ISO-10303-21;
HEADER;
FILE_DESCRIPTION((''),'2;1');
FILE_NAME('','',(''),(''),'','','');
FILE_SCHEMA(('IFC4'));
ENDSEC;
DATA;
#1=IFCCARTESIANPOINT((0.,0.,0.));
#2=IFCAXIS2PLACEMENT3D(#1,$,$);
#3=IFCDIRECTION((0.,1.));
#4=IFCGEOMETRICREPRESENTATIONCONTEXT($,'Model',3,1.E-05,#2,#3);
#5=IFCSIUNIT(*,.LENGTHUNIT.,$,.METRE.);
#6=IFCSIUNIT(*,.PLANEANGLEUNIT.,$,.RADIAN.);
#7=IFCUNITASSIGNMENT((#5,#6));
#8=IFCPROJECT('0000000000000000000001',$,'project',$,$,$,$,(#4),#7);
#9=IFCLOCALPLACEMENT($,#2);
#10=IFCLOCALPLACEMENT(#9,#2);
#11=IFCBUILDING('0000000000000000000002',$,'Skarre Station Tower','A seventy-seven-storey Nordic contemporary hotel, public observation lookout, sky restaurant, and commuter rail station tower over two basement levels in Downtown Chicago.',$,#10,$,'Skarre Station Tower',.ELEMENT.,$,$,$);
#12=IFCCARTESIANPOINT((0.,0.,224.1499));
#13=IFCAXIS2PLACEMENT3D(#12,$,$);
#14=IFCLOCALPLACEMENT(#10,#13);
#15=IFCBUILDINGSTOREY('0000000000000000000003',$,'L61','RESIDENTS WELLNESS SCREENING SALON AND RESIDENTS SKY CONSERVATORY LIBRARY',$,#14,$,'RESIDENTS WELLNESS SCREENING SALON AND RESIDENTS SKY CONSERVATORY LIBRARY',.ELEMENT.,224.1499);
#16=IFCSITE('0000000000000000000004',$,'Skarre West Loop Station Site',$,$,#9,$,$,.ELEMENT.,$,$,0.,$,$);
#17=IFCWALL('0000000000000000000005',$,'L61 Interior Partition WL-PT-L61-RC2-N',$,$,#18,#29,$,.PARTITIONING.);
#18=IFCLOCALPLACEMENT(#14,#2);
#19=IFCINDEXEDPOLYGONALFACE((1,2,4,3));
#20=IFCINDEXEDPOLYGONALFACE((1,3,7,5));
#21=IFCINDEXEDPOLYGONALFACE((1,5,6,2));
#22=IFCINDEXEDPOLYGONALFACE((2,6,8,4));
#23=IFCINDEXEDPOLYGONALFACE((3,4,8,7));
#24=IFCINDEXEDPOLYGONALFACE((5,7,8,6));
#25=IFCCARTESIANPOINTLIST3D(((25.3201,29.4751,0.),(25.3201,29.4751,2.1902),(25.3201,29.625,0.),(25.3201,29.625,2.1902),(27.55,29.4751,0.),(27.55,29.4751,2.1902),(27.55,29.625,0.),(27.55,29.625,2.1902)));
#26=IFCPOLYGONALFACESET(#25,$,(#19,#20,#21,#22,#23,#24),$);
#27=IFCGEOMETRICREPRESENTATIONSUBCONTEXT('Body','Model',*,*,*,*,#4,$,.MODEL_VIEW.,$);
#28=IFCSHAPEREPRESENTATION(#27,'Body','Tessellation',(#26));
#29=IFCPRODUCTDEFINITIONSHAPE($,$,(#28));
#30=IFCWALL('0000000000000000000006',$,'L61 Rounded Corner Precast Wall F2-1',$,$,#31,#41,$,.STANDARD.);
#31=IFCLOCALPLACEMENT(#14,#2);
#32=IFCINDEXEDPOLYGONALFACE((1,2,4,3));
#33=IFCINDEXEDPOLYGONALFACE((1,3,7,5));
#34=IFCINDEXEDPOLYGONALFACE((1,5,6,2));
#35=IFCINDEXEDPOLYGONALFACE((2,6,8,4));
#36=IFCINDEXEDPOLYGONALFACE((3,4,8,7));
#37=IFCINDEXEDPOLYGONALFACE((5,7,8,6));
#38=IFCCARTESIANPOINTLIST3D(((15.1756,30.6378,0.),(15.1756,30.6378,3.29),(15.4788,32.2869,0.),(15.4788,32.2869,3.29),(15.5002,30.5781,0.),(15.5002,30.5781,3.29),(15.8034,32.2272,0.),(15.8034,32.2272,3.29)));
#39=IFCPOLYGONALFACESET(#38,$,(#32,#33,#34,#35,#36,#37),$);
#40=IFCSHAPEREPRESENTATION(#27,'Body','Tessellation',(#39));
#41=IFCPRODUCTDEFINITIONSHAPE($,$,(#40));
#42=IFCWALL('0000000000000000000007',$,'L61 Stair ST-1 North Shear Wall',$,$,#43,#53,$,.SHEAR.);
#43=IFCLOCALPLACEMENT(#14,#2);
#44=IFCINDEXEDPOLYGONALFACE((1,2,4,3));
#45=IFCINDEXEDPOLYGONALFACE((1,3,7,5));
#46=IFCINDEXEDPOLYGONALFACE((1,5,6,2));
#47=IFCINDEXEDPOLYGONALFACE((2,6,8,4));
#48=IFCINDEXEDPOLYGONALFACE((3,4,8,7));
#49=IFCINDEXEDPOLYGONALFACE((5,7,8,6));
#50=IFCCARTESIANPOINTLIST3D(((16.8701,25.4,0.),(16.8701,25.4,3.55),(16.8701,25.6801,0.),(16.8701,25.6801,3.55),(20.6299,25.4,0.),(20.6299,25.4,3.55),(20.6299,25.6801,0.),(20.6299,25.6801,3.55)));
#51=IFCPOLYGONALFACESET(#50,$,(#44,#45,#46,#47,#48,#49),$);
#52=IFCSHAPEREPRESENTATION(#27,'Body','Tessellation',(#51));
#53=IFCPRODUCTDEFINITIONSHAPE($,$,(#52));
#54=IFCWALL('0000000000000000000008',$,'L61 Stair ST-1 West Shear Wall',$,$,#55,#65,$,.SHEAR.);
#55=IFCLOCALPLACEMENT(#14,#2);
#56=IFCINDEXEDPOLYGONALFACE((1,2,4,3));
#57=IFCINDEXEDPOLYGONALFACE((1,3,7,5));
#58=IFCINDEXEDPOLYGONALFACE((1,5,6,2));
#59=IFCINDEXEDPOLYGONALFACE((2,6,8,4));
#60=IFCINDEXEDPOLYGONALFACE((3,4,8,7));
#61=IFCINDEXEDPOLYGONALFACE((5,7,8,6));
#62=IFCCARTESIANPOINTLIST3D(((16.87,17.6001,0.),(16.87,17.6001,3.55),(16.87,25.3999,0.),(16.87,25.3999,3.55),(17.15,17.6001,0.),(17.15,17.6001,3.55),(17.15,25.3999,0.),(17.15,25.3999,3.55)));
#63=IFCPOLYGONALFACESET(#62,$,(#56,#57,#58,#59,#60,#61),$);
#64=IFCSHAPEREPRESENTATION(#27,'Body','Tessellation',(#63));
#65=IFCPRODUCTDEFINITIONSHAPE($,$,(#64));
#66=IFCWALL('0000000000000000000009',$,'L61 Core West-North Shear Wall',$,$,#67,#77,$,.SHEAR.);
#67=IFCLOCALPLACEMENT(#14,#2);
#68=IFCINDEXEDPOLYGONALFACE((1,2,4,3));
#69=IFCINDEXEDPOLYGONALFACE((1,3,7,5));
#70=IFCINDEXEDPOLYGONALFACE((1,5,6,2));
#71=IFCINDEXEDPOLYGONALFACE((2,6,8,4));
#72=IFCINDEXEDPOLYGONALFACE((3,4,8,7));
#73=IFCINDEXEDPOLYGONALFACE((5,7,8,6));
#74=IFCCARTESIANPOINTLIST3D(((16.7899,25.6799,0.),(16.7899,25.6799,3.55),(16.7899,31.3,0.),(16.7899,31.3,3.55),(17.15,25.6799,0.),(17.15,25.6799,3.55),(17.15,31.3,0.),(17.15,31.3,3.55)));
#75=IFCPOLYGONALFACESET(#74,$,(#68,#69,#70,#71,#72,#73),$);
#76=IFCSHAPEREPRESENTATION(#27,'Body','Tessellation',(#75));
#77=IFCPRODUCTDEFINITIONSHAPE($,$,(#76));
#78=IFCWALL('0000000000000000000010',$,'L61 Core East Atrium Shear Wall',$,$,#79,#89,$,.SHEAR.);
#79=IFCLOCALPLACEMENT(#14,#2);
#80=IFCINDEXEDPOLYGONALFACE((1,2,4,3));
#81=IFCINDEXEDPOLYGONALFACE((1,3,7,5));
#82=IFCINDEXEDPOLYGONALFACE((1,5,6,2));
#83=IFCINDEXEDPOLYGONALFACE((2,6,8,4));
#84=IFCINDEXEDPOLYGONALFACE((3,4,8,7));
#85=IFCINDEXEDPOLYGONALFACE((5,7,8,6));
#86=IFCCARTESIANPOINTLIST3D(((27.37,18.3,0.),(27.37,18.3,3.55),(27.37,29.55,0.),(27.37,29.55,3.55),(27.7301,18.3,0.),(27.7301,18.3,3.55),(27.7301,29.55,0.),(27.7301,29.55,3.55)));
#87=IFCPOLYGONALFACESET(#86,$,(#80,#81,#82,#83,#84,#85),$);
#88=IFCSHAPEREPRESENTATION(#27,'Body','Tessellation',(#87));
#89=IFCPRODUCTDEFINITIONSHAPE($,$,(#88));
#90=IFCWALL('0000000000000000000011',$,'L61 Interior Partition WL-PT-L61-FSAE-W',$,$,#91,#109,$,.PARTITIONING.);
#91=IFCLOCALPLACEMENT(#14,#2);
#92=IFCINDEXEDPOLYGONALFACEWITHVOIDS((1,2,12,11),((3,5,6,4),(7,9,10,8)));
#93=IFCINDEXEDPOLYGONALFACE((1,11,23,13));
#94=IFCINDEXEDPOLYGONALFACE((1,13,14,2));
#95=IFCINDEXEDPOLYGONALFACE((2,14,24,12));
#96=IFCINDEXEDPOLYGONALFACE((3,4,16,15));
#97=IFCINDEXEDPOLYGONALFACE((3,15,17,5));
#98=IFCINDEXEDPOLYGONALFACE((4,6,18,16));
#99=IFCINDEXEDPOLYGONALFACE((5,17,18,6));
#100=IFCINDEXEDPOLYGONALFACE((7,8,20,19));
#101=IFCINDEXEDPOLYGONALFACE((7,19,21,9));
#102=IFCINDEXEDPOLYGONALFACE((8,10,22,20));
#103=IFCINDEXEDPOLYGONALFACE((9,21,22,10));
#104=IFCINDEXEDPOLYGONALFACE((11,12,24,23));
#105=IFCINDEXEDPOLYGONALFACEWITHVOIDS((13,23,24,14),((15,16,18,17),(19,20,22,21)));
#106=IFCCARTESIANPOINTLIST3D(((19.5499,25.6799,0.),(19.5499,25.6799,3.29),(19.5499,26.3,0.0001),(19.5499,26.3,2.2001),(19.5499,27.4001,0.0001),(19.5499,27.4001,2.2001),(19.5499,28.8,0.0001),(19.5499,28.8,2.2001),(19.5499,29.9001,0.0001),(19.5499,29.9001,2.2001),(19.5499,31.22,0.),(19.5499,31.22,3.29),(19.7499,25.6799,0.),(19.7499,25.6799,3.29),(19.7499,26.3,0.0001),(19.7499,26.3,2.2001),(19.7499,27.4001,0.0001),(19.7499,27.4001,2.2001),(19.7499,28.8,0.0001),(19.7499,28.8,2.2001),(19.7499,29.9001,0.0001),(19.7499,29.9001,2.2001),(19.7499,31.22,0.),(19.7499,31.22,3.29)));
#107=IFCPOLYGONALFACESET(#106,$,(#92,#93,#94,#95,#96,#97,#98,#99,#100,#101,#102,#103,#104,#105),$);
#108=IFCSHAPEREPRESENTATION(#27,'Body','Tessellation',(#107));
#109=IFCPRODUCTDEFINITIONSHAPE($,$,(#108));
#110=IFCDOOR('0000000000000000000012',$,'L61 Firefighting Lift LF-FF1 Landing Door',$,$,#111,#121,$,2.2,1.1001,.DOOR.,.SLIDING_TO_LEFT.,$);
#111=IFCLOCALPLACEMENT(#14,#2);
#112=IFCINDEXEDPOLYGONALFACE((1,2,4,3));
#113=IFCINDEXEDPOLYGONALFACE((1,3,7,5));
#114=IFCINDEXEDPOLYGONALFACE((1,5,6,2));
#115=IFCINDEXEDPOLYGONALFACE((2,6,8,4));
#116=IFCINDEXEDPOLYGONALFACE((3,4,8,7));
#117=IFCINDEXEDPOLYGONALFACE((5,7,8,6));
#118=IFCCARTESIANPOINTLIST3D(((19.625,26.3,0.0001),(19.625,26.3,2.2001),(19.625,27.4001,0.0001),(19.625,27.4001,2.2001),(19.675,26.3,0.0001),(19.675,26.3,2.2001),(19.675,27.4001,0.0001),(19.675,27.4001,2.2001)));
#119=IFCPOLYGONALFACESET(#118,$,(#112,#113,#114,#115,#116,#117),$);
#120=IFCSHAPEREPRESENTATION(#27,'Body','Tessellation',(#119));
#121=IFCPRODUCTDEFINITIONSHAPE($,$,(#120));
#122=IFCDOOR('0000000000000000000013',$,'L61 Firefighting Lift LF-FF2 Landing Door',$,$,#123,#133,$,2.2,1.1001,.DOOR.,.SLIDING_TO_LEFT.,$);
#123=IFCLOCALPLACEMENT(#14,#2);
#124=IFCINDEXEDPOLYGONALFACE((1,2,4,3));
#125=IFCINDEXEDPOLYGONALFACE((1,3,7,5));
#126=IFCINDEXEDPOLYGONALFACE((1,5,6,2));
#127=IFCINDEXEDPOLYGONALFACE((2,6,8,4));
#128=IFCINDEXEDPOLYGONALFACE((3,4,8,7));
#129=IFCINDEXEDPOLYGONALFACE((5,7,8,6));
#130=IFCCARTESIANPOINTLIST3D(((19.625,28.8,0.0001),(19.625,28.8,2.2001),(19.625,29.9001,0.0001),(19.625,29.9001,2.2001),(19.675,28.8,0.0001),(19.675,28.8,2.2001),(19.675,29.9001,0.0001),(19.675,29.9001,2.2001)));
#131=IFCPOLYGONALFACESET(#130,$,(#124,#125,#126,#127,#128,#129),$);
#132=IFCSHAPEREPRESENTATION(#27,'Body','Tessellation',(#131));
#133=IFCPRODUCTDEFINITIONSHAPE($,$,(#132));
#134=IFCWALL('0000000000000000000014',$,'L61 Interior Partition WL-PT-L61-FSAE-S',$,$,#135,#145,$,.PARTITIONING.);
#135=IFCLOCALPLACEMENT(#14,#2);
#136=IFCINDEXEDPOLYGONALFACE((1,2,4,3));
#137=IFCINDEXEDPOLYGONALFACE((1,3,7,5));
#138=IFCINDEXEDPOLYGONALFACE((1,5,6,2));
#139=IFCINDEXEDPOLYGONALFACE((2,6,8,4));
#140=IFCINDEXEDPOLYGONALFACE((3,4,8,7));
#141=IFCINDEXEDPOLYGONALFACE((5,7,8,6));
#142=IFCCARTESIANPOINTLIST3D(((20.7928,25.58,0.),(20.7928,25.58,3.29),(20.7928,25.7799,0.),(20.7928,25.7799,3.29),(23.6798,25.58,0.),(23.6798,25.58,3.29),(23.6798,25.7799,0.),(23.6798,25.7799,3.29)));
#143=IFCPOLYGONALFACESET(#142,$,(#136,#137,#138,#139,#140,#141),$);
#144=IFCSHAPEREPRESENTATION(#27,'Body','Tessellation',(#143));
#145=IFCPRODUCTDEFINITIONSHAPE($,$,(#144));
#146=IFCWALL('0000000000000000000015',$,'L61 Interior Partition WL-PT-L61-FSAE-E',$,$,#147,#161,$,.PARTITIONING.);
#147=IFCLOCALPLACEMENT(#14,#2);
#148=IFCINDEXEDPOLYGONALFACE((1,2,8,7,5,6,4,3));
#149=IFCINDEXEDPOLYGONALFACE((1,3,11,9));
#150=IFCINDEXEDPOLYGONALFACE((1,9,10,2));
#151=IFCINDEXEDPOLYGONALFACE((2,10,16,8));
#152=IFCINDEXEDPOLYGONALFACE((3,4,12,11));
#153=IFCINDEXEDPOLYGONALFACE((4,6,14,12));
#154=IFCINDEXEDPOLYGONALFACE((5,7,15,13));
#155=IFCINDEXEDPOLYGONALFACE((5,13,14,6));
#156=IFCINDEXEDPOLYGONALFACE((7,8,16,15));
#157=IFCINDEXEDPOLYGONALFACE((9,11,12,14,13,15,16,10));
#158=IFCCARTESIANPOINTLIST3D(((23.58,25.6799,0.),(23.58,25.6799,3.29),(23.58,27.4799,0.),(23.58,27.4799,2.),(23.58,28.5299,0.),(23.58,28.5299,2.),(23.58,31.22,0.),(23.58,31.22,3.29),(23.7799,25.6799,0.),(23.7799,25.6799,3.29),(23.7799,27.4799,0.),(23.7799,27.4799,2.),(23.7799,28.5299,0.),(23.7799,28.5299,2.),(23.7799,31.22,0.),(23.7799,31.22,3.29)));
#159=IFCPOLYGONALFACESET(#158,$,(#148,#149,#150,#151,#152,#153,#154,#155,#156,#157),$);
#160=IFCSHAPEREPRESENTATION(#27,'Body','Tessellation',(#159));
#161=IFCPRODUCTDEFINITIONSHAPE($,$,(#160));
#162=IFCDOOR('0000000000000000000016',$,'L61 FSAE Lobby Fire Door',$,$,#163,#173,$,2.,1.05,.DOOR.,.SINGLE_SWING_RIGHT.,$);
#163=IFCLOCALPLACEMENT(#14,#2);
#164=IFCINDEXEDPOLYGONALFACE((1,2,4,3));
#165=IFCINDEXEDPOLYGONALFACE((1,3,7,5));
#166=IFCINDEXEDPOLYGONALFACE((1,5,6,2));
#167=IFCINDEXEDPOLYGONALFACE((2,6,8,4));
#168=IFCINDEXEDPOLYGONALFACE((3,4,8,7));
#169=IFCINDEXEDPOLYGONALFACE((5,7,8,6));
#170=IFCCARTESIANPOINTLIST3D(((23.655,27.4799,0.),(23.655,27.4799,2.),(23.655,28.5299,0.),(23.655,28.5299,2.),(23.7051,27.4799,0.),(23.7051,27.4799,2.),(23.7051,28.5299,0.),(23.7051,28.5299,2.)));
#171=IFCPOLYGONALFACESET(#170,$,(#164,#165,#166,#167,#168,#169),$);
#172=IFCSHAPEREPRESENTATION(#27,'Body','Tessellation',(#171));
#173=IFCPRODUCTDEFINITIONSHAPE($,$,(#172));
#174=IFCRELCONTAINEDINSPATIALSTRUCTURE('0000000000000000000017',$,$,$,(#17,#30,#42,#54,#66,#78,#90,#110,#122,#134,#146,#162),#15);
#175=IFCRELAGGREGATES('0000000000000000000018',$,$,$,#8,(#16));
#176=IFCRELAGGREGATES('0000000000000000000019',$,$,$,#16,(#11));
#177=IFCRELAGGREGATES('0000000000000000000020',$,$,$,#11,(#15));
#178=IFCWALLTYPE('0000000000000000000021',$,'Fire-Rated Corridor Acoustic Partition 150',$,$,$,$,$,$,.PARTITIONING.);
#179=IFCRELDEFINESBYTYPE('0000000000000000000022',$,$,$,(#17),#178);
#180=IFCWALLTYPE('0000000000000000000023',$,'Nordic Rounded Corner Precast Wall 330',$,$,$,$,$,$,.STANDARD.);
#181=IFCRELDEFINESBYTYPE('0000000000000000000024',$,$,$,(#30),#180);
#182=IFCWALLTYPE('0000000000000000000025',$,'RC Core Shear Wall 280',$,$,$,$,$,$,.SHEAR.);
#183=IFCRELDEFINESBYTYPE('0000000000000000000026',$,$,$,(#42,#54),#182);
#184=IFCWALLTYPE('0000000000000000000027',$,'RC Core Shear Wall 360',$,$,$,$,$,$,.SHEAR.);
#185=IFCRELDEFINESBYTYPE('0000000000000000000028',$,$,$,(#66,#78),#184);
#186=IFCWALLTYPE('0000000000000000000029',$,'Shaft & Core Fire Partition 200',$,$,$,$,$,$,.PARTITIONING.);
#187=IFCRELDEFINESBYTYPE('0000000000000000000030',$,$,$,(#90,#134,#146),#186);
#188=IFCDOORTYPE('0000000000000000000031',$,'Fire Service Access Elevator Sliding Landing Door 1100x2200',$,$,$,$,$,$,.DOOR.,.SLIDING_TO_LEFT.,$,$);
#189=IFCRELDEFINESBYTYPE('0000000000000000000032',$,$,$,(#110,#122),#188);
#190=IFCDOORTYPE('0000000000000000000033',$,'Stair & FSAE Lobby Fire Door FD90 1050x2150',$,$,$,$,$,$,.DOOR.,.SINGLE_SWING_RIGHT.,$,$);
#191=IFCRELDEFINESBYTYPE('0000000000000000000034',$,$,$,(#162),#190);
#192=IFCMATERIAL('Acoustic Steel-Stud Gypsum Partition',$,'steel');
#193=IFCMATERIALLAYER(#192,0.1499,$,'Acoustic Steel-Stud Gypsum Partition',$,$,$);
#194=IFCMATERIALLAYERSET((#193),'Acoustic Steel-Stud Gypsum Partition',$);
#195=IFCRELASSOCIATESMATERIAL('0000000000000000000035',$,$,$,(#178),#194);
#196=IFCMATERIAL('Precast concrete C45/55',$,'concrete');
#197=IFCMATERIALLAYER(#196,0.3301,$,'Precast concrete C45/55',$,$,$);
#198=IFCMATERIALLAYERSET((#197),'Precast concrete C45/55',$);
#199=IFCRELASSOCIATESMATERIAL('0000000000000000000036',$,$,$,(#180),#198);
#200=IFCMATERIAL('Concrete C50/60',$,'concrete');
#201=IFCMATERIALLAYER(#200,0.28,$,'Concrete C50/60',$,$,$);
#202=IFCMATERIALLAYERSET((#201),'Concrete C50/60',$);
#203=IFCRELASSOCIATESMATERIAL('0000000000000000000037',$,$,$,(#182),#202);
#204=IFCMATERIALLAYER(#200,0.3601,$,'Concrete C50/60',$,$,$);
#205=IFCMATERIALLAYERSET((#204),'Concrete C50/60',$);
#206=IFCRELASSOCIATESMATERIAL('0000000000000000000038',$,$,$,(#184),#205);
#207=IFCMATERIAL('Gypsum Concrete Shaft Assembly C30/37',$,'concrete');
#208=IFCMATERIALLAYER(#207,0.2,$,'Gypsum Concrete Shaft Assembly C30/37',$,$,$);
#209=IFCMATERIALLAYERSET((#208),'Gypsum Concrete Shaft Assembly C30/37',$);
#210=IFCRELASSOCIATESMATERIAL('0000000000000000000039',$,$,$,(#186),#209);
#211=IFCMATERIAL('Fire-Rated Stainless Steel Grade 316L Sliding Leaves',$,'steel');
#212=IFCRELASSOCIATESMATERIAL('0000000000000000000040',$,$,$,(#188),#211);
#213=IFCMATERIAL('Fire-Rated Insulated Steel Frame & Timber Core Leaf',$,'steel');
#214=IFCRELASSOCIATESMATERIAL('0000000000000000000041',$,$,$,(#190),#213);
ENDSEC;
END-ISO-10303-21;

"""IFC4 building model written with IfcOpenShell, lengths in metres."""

from ifc_helpers import new_model, si_unit, direction, frame, frame_2d, origin, place, context, subcontext, project, spatial, rectangle, extrude, material, layer, layer_set, type_object, element, fill, save


model = new_model("IFC4")

# Units and contexts
model_context = context("Model", 3, precision=1e-05, world=origin(), true_north=direction((0.0, 1.0)))
body_context = subcontext(model_context, "Body", "Model", "MODEL_VIEW")
ifc_project = project(units=[si_unit("LENGTHUNIT", "METRE"), si_unit("PLANEANGLEUNIT", "RADIAN")], contexts=[model_context])

# Site, building, storey
site_placement = place(None, origin())
site = spatial("IfcSite", under=ifc_project, at=site_placement, Name="Skarre West Loop Station Site", CompositionType="ELEMENT", RefElevation=0.0)
building_placement = place(site_placement, origin())
building = spatial("IfcBuilding", under=site, at=building_placement, Name="Skarre Station Tower", Description="A seventy-seven-storey Nordic contemporary hotel, public observation lookout, sky restaurant, and commuter rail station tower over two basement levels in Downtown Chicago.", LongName="Skarre Station Tower", CompositionType="ELEMENT")
storey_placement = place(building_placement, frame((0.0, 0.0, 224.1499)))
storey = spatial("IfcBuildingStorey", under=building, at=storey_placement, Name="L61", Description="RESIDENTS WELLNESS SCREENING SALON AND RESIDENTS SKY CONSERVATORY LIBRARY", LongName="RESIDENTS WELLNESS SCREENING SALON AND RESIDENTS SKY CONSERVATORY LIBRARY", CompositionType="ELEMENT", Elevation=224.1499)

# Shared definitions
ifc_material_1 = material(Name="Concrete C50/60", Category="concrete")

# Shared definitions
ifc_material_2 = material(Name="Acoustic Steel-Stud Gypsum Partition", Category="steel")
ifc_layer_1 = layer(ifc_material_2, 0.1499, Name="Acoustic Steel-Stud Gypsum Partition")
ifc_layer_set_1 = layer_set([ifc_layer_1], Name="Acoustic Steel-Stud Gypsum Partition")
wall_type_1 = type_object("IfcWallType", Name="Fire-Rated Corridor Acoustic Partition 150", PredefinedType="PARTITIONING", material=ifc_layer_set_1)

# Walls
wall_1_placement = place(storey_placement, frame((27.55, 29.55, 0.0), z_axis=(0.0, 0.0, 1.0), x_axis=(-1.0, 0.0, 0.0)))
element("IfcWall", 1, at=wall_1_placement, inside=storey, type_object=wall_type_1, Name="L61 Interior Partition WL-PT-L61-RC2-N", PredefinedType="PARTITIONING", context=body_context, shape_type="SweptSolid", body=[
    extrude(rectangle(XDim=2.23, YDim=0.1499, at=frame_2d((1.115, 0.0))), origin(), (0.0, 0.0, 1.0), 2.1902),
])
ifc_material_3 = material(Name="Precast concrete C45/55", Category="concrete")
ifc_layer_2 = layer(ifc_material_3, 0.3301, Name="Precast concrete C45/55")
ifc_layer_set_2 = layer_set([ifc_layer_2], Name="Precast concrete C45/55")
wall_type_2 = type_object("IfcWallType", Name="Nordic Rounded Corner Precast Wall 330", PredefinedType="STANDARD", material=ifc_layer_set_2)
wall_2_placement = place(storey_placement, frame((15.3379, 30.6079, 0.0), z_axis=(0.0, 0.0, 1.0), x_axis=(0.180833, 0.983514, 0.0)))
element("IfcWall", 2, at=wall_2_placement, inside=storey, type_object=wall_type_2, Name="L61 Rounded Corner Precast Wall F2-1", PredefinedType="STANDARD", context=body_context, shape_type="SweptSolid", body=[
    extrude(rectangle(XDim=1.6768, YDim=0.3301, at=frame_2d((0.8384, 0.0))), origin(), (0.0, 0.0, 1.0), 3.29),
])
ifc_layer_3 = layer(ifc_material_1, 0.28, Name="Concrete C50/60")
ifc_layer_set_3 = layer_set([ifc_layer_3], Name="Concrete C50/60")
wall_type_3 = type_object("IfcWallType", Name="RC Core Shear Wall 280", PredefinedType="SHEAR", material=ifc_layer_set_3)
wall_3_placement = place(storey_placement, frame((20.6299, 25.54, 0.0), z_axis=(0.0, 0.0, 1.0), x_axis=(-1.0, 0.0, 0.0)))
element("IfcWall", 3, at=wall_3_placement, inside=storey, type_object=wall_type_3, Name="L61 Stair ST-1 North Shear Wall", PredefinedType="SHEAR", context=body_context, shape_type="SweptSolid", body=[
    extrude(rectangle(XDim=3.7598, YDim=0.28, at=frame_2d((1.8799, 0.0))), origin(), (0.0, 0.0, 1.0), 3.55),
])
wall_4_placement = place(storey_placement, frame((17.01, 25.3999, 0.0), z_axis=(0.0, 0.0, 1.0), x_axis=(0.0, -1.0, 0.0)))
element("IfcWall", 4, at=wall_4_placement, inside=storey, type_object=wall_type_3, Name="L61 Stair ST-1 West Shear Wall", PredefinedType="SHEAR", context=body_context, shape_type="SweptSolid", body=[
    extrude(rectangle(XDim=7.7998, YDim=0.28, at=frame_2d((3.8999, 0.0))), origin(), (0.0, 0.0, 1.0), 3.55),
])
ifc_layer_4 = layer(ifc_material_1, 0.3601, Name="Concrete C50/60")
ifc_layer_set_4 = layer_set([ifc_layer_4], Name="Concrete C50/60")
wall_type_4 = type_object("IfcWallType", Name="RC Core Shear Wall 360", PredefinedType="SHEAR", material=ifc_layer_set_4)
wall_5_placement = place(storey_placement, frame((16.97, 25.6799, 0.0), z_axis=(0.0, 0.0, 1.0), x_axis=(0.0, 1.0, 0.0)))
element("IfcWall", 5, at=wall_5_placement, inside=storey, type_object=wall_type_4, Name="L61 Core West-North Shear Wall", PredefinedType="SHEAR", context=body_context, shape_type="SweptSolid", body=[
    extrude(rectangle(XDim=5.6201, YDim=0.3601, at=frame_2d((2.8101, 0.0))), origin(), (0.0, 0.0, 1.0), 3.55),
])
wall_6_placement = place(storey_placement, frame((27.55, 29.55, 0.0), z_axis=(0.0, 0.0, 1.0), x_axis=(0.0, -1.0, 0.0)))
element("IfcWall", 6, at=wall_6_placement, inside=storey, type_object=wall_type_4, Name="L61 Core East Atrium Shear Wall", PredefinedType="SHEAR", context=body_context, shape_type="SweptSolid", body=[
    extrude(rectangle(XDim=11.25, YDim=0.3601, at=frame_2d((5.625, 0.0))), origin(), (0.0, 0.0, 1.0), 3.55),
])

# Wall, openings, doors
ifc_material_4 = material(Name="Gypsum Concrete Shaft Assembly C30/37", Category="concrete")
ifc_layer_5 = layer(ifc_material_4, 0.2, Name="Gypsum Concrete Shaft Assembly C30/37")
ifc_layer_set_5 = layer_set([ifc_layer_5], Name="Gypsum Concrete Shaft Assembly C30/37")
wall_type_5 = type_object("IfcWallType", Name="Shaft & Core Fire Partition 200", PredefinedType="PARTITIONING", material=ifc_layer_set_5)
wall_7_placement = place(storey_placement, frame((19.6499, 25.6799, 0.0), z_axis=(0.0, 0.0, 1.0), x_axis=(0.0, 1.0, 0.0)))
wall_7 = element("IfcWall", 7, at=wall_7_placement, inside=storey, type_object=wall_type_5, Name="L61 Interior Partition WL-PT-L61-FSAE-W", PredefinedType="PARTITIONING", context=body_context, shape_type="SweptSolid", body=[
    extrude(rectangle(XDim=5.54, YDim=0.2, at=frame_2d((2.77, 0.0))), origin(), (0.0, 0.0, 1.0), 3.29),
])
opening_1_placement = place(wall_7_placement, frame((0.6201, 0.0, 0.0)))
opening_1 = element("IfcOpeningElement", 8, at=opening_1_placement, cuts=wall_7, PredefinedType="OPENING", context=body_context, shape_type="SweptSolid", body=[
    extrude(rectangle(XDim=1.1001, YDim=2.2, at=frame_2d((0.55, 1.1001))), frame((0.0, 0.1099, 0.0), z_axis=(0.0, -1.0, 0.0), x_axis=(1.0, 0.0, 0.0)), (0.0, 0.0, 1.0), 0.22),
])
opening_2_placement = place(wall_7_placement, frame((3.1201, 0.0, 0.0)))
opening_2 = element("IfcOpeningElement", 9, at=opening_2_placement, cuts=wall_7, PredefinedType="OPENING", context=body_context, shape_type="SweptSolid", body=[
    extrude(rectangle(XDim=1.1001, YDim=2.2, at=frame_2d((0.55, 1.1001))), frame((0.0, 0.1099, 0.0), z_axis=(0.0, -1.0, 0.0), x_axis=(1.0, 0.0, 0.0)), (0.0, 0.0, 1.0), 0.22),
])
ifc_material_5 = material(Name="Fire-Rated Stainless Steel Grade 316L Sliding Leaves", Category="steel")
door_type_1 = type_object("IfcDoorType", Name="Fire Service Access Elevator Sliding Landing Door 1100x2200", OperationType="SLIDING_TO_LEFT", PredefinedType="DOOR", material=ifc_material_5)
door_1_placement = place(opening_1_placement, origin())
door_1 = element("IfcDoor", 10, at=door_1_placement, inside=storey, type_object=door_type_1, Name="L61 Firefighting Lift LF-FF1 Landing Door", OperationType="SLIDING_TO_LEFT", OverallHeight=2.2, OverallWidth=1.1001, PredefinedType="DOOR", context=body_context, shape_type="SweptSolid", body=[
    extrude(rectangle(XDim=1.1001, YDim=2.2, at=frame_2d((0.55, 1.1001))), frame((0.0, 0.0249, 0.0), z_axis=(0.0, -1.0, 0.0), x_axis=(1.0, 0.0, 0.0)), (0.0, 0.0, 1.0), 0.05),
])
fill(opening_1, door_1)
door_2_placement = place(opening_2_placement, origin())
door_2 = element("IfcDoor", 11, at=door_2_placement, inside=storey, type_object=door_type_1, Name="L61 Firefighting Lift LF-FF2 Landing Door", OperationType="SLIDING_TO_LEFT", OverallHeight=2.2, OverallWidth=1.1001, PredefinedType="DOOR", context=body_context, shape_type="SweptSolid", body=[
    extrude(rectangle(XDim=1.1001, YDim=2.2, at=frame_2d((0.55, 1.1001))), frame((0.0, 0.0249, 0.0), z_axis=(0.0, -1.0, 0.0), x_axis=(1.0, 0.0, 0.0)), (0.0, 0.0, 1.0), 0.05),
])
fill(opening_2, door_2)

# Wall
wall_8_placement = place(storey_placement, frame((20.793, 25.6799, 0.0), z_axis=(0.0, 0.0, 1.0), x_axis=(1.0, 0.0, 0.0)))
element("IfcWall", 12, at=wall_8_placement, inside=storey, type_object=wall_type_5, Name="L61 Interior Partition WL-PT-L61-FSAE-S", PredefinedType="PARTITIONING", context=body_context, shape_type="SweptSolid", body=[
    extrude(rectangle(XDim=2.887, YDim=0.2, at=frame_2d((1.4434, 0.0))), origin(), (0.0, 0.0, 1.0), 3.29),
])

# Wall, opening, door
wall_9_placement = place(storey_placement, frame((23.6799, 25.6799, 0.0), z_axis=(0.0, 0.0, 1.0), x_axis=(0.0, 1.0, 0.0)))
wall_9 = element("IfcWall", 13, at=wall_9_placement, inside=storey, type_object=wall_type_5, Name="L61 Interior Partition WL-PT-L61-FSAE-E", PredefinedType="PARTITIONING", context=body_context, shape_type="SweptSolid", body=[
    extrude(rectangle(XDim=5.54, YDim=0.2, at=frame_2d((2.77, 0.0))), origin(), (0.0, 0.0, 1.0), 3.29),
])
opening_3_placement = place(wall_9_placement, frame((1.8, 0.0, 0.0)))
opening_3 = element("IfcOpeningElement", 14, at=opening_3_placement, cuts=wall_9, PredefinedType="OPENING", context=body_context, shape_type="SweptSolid", body=[
    extrude(rectangle(XDim=1.05, YDim=2.0, at=frame_2d((0.5249, 1.0))), frame((0.0, 0.1099, 0.0), z_axis=(0.0, -1.0, 0.0), x_axis=(1.0, 0.0, 0.0)), (0.0, 0.0, 1.0), 0.22),
])
ifc_material_6 = material(Name="Fire-Rated Insulated Steel Frame & Timber Core Leaf", Category="steel")
door_type_2 = type_object("IfcDoorType", Name="Stair & FSAE Lobby Fire Door FD90 1050x2150", OperationType="SINGLE_SWING_RIGHT", PredefinedType="DOOR", material=ifc_material_6)
door_3_placement = place(opening_3_placement, origin())
door_3 = element("IfcDoor", 15, at=door_3_placement, inside=storey, type_object=door_type_2, Name="L61 FSAE Lobby Fire Door", OperationType="SINGLE_SWING_RIGHT", OverallHeight=2.0, OverallWidth=1.05, PredefinedType="DOOR", context=body_context, shape_type="SweptSolid", body=[
    extrude(rectangle(XDim=1.05, YDim=2.0, at=frame_2d((0.5249, 1.0))), frame((0.0, 0.0249, 0.0), z_axis=(0.0, -1.0, 0.0), x_axis=(1.0, 0.0, 0.0)), (0.0, 0.0, 1.0), 0.05),
])
fill(opening_3, door_3)

save(model, "model.ifc")
